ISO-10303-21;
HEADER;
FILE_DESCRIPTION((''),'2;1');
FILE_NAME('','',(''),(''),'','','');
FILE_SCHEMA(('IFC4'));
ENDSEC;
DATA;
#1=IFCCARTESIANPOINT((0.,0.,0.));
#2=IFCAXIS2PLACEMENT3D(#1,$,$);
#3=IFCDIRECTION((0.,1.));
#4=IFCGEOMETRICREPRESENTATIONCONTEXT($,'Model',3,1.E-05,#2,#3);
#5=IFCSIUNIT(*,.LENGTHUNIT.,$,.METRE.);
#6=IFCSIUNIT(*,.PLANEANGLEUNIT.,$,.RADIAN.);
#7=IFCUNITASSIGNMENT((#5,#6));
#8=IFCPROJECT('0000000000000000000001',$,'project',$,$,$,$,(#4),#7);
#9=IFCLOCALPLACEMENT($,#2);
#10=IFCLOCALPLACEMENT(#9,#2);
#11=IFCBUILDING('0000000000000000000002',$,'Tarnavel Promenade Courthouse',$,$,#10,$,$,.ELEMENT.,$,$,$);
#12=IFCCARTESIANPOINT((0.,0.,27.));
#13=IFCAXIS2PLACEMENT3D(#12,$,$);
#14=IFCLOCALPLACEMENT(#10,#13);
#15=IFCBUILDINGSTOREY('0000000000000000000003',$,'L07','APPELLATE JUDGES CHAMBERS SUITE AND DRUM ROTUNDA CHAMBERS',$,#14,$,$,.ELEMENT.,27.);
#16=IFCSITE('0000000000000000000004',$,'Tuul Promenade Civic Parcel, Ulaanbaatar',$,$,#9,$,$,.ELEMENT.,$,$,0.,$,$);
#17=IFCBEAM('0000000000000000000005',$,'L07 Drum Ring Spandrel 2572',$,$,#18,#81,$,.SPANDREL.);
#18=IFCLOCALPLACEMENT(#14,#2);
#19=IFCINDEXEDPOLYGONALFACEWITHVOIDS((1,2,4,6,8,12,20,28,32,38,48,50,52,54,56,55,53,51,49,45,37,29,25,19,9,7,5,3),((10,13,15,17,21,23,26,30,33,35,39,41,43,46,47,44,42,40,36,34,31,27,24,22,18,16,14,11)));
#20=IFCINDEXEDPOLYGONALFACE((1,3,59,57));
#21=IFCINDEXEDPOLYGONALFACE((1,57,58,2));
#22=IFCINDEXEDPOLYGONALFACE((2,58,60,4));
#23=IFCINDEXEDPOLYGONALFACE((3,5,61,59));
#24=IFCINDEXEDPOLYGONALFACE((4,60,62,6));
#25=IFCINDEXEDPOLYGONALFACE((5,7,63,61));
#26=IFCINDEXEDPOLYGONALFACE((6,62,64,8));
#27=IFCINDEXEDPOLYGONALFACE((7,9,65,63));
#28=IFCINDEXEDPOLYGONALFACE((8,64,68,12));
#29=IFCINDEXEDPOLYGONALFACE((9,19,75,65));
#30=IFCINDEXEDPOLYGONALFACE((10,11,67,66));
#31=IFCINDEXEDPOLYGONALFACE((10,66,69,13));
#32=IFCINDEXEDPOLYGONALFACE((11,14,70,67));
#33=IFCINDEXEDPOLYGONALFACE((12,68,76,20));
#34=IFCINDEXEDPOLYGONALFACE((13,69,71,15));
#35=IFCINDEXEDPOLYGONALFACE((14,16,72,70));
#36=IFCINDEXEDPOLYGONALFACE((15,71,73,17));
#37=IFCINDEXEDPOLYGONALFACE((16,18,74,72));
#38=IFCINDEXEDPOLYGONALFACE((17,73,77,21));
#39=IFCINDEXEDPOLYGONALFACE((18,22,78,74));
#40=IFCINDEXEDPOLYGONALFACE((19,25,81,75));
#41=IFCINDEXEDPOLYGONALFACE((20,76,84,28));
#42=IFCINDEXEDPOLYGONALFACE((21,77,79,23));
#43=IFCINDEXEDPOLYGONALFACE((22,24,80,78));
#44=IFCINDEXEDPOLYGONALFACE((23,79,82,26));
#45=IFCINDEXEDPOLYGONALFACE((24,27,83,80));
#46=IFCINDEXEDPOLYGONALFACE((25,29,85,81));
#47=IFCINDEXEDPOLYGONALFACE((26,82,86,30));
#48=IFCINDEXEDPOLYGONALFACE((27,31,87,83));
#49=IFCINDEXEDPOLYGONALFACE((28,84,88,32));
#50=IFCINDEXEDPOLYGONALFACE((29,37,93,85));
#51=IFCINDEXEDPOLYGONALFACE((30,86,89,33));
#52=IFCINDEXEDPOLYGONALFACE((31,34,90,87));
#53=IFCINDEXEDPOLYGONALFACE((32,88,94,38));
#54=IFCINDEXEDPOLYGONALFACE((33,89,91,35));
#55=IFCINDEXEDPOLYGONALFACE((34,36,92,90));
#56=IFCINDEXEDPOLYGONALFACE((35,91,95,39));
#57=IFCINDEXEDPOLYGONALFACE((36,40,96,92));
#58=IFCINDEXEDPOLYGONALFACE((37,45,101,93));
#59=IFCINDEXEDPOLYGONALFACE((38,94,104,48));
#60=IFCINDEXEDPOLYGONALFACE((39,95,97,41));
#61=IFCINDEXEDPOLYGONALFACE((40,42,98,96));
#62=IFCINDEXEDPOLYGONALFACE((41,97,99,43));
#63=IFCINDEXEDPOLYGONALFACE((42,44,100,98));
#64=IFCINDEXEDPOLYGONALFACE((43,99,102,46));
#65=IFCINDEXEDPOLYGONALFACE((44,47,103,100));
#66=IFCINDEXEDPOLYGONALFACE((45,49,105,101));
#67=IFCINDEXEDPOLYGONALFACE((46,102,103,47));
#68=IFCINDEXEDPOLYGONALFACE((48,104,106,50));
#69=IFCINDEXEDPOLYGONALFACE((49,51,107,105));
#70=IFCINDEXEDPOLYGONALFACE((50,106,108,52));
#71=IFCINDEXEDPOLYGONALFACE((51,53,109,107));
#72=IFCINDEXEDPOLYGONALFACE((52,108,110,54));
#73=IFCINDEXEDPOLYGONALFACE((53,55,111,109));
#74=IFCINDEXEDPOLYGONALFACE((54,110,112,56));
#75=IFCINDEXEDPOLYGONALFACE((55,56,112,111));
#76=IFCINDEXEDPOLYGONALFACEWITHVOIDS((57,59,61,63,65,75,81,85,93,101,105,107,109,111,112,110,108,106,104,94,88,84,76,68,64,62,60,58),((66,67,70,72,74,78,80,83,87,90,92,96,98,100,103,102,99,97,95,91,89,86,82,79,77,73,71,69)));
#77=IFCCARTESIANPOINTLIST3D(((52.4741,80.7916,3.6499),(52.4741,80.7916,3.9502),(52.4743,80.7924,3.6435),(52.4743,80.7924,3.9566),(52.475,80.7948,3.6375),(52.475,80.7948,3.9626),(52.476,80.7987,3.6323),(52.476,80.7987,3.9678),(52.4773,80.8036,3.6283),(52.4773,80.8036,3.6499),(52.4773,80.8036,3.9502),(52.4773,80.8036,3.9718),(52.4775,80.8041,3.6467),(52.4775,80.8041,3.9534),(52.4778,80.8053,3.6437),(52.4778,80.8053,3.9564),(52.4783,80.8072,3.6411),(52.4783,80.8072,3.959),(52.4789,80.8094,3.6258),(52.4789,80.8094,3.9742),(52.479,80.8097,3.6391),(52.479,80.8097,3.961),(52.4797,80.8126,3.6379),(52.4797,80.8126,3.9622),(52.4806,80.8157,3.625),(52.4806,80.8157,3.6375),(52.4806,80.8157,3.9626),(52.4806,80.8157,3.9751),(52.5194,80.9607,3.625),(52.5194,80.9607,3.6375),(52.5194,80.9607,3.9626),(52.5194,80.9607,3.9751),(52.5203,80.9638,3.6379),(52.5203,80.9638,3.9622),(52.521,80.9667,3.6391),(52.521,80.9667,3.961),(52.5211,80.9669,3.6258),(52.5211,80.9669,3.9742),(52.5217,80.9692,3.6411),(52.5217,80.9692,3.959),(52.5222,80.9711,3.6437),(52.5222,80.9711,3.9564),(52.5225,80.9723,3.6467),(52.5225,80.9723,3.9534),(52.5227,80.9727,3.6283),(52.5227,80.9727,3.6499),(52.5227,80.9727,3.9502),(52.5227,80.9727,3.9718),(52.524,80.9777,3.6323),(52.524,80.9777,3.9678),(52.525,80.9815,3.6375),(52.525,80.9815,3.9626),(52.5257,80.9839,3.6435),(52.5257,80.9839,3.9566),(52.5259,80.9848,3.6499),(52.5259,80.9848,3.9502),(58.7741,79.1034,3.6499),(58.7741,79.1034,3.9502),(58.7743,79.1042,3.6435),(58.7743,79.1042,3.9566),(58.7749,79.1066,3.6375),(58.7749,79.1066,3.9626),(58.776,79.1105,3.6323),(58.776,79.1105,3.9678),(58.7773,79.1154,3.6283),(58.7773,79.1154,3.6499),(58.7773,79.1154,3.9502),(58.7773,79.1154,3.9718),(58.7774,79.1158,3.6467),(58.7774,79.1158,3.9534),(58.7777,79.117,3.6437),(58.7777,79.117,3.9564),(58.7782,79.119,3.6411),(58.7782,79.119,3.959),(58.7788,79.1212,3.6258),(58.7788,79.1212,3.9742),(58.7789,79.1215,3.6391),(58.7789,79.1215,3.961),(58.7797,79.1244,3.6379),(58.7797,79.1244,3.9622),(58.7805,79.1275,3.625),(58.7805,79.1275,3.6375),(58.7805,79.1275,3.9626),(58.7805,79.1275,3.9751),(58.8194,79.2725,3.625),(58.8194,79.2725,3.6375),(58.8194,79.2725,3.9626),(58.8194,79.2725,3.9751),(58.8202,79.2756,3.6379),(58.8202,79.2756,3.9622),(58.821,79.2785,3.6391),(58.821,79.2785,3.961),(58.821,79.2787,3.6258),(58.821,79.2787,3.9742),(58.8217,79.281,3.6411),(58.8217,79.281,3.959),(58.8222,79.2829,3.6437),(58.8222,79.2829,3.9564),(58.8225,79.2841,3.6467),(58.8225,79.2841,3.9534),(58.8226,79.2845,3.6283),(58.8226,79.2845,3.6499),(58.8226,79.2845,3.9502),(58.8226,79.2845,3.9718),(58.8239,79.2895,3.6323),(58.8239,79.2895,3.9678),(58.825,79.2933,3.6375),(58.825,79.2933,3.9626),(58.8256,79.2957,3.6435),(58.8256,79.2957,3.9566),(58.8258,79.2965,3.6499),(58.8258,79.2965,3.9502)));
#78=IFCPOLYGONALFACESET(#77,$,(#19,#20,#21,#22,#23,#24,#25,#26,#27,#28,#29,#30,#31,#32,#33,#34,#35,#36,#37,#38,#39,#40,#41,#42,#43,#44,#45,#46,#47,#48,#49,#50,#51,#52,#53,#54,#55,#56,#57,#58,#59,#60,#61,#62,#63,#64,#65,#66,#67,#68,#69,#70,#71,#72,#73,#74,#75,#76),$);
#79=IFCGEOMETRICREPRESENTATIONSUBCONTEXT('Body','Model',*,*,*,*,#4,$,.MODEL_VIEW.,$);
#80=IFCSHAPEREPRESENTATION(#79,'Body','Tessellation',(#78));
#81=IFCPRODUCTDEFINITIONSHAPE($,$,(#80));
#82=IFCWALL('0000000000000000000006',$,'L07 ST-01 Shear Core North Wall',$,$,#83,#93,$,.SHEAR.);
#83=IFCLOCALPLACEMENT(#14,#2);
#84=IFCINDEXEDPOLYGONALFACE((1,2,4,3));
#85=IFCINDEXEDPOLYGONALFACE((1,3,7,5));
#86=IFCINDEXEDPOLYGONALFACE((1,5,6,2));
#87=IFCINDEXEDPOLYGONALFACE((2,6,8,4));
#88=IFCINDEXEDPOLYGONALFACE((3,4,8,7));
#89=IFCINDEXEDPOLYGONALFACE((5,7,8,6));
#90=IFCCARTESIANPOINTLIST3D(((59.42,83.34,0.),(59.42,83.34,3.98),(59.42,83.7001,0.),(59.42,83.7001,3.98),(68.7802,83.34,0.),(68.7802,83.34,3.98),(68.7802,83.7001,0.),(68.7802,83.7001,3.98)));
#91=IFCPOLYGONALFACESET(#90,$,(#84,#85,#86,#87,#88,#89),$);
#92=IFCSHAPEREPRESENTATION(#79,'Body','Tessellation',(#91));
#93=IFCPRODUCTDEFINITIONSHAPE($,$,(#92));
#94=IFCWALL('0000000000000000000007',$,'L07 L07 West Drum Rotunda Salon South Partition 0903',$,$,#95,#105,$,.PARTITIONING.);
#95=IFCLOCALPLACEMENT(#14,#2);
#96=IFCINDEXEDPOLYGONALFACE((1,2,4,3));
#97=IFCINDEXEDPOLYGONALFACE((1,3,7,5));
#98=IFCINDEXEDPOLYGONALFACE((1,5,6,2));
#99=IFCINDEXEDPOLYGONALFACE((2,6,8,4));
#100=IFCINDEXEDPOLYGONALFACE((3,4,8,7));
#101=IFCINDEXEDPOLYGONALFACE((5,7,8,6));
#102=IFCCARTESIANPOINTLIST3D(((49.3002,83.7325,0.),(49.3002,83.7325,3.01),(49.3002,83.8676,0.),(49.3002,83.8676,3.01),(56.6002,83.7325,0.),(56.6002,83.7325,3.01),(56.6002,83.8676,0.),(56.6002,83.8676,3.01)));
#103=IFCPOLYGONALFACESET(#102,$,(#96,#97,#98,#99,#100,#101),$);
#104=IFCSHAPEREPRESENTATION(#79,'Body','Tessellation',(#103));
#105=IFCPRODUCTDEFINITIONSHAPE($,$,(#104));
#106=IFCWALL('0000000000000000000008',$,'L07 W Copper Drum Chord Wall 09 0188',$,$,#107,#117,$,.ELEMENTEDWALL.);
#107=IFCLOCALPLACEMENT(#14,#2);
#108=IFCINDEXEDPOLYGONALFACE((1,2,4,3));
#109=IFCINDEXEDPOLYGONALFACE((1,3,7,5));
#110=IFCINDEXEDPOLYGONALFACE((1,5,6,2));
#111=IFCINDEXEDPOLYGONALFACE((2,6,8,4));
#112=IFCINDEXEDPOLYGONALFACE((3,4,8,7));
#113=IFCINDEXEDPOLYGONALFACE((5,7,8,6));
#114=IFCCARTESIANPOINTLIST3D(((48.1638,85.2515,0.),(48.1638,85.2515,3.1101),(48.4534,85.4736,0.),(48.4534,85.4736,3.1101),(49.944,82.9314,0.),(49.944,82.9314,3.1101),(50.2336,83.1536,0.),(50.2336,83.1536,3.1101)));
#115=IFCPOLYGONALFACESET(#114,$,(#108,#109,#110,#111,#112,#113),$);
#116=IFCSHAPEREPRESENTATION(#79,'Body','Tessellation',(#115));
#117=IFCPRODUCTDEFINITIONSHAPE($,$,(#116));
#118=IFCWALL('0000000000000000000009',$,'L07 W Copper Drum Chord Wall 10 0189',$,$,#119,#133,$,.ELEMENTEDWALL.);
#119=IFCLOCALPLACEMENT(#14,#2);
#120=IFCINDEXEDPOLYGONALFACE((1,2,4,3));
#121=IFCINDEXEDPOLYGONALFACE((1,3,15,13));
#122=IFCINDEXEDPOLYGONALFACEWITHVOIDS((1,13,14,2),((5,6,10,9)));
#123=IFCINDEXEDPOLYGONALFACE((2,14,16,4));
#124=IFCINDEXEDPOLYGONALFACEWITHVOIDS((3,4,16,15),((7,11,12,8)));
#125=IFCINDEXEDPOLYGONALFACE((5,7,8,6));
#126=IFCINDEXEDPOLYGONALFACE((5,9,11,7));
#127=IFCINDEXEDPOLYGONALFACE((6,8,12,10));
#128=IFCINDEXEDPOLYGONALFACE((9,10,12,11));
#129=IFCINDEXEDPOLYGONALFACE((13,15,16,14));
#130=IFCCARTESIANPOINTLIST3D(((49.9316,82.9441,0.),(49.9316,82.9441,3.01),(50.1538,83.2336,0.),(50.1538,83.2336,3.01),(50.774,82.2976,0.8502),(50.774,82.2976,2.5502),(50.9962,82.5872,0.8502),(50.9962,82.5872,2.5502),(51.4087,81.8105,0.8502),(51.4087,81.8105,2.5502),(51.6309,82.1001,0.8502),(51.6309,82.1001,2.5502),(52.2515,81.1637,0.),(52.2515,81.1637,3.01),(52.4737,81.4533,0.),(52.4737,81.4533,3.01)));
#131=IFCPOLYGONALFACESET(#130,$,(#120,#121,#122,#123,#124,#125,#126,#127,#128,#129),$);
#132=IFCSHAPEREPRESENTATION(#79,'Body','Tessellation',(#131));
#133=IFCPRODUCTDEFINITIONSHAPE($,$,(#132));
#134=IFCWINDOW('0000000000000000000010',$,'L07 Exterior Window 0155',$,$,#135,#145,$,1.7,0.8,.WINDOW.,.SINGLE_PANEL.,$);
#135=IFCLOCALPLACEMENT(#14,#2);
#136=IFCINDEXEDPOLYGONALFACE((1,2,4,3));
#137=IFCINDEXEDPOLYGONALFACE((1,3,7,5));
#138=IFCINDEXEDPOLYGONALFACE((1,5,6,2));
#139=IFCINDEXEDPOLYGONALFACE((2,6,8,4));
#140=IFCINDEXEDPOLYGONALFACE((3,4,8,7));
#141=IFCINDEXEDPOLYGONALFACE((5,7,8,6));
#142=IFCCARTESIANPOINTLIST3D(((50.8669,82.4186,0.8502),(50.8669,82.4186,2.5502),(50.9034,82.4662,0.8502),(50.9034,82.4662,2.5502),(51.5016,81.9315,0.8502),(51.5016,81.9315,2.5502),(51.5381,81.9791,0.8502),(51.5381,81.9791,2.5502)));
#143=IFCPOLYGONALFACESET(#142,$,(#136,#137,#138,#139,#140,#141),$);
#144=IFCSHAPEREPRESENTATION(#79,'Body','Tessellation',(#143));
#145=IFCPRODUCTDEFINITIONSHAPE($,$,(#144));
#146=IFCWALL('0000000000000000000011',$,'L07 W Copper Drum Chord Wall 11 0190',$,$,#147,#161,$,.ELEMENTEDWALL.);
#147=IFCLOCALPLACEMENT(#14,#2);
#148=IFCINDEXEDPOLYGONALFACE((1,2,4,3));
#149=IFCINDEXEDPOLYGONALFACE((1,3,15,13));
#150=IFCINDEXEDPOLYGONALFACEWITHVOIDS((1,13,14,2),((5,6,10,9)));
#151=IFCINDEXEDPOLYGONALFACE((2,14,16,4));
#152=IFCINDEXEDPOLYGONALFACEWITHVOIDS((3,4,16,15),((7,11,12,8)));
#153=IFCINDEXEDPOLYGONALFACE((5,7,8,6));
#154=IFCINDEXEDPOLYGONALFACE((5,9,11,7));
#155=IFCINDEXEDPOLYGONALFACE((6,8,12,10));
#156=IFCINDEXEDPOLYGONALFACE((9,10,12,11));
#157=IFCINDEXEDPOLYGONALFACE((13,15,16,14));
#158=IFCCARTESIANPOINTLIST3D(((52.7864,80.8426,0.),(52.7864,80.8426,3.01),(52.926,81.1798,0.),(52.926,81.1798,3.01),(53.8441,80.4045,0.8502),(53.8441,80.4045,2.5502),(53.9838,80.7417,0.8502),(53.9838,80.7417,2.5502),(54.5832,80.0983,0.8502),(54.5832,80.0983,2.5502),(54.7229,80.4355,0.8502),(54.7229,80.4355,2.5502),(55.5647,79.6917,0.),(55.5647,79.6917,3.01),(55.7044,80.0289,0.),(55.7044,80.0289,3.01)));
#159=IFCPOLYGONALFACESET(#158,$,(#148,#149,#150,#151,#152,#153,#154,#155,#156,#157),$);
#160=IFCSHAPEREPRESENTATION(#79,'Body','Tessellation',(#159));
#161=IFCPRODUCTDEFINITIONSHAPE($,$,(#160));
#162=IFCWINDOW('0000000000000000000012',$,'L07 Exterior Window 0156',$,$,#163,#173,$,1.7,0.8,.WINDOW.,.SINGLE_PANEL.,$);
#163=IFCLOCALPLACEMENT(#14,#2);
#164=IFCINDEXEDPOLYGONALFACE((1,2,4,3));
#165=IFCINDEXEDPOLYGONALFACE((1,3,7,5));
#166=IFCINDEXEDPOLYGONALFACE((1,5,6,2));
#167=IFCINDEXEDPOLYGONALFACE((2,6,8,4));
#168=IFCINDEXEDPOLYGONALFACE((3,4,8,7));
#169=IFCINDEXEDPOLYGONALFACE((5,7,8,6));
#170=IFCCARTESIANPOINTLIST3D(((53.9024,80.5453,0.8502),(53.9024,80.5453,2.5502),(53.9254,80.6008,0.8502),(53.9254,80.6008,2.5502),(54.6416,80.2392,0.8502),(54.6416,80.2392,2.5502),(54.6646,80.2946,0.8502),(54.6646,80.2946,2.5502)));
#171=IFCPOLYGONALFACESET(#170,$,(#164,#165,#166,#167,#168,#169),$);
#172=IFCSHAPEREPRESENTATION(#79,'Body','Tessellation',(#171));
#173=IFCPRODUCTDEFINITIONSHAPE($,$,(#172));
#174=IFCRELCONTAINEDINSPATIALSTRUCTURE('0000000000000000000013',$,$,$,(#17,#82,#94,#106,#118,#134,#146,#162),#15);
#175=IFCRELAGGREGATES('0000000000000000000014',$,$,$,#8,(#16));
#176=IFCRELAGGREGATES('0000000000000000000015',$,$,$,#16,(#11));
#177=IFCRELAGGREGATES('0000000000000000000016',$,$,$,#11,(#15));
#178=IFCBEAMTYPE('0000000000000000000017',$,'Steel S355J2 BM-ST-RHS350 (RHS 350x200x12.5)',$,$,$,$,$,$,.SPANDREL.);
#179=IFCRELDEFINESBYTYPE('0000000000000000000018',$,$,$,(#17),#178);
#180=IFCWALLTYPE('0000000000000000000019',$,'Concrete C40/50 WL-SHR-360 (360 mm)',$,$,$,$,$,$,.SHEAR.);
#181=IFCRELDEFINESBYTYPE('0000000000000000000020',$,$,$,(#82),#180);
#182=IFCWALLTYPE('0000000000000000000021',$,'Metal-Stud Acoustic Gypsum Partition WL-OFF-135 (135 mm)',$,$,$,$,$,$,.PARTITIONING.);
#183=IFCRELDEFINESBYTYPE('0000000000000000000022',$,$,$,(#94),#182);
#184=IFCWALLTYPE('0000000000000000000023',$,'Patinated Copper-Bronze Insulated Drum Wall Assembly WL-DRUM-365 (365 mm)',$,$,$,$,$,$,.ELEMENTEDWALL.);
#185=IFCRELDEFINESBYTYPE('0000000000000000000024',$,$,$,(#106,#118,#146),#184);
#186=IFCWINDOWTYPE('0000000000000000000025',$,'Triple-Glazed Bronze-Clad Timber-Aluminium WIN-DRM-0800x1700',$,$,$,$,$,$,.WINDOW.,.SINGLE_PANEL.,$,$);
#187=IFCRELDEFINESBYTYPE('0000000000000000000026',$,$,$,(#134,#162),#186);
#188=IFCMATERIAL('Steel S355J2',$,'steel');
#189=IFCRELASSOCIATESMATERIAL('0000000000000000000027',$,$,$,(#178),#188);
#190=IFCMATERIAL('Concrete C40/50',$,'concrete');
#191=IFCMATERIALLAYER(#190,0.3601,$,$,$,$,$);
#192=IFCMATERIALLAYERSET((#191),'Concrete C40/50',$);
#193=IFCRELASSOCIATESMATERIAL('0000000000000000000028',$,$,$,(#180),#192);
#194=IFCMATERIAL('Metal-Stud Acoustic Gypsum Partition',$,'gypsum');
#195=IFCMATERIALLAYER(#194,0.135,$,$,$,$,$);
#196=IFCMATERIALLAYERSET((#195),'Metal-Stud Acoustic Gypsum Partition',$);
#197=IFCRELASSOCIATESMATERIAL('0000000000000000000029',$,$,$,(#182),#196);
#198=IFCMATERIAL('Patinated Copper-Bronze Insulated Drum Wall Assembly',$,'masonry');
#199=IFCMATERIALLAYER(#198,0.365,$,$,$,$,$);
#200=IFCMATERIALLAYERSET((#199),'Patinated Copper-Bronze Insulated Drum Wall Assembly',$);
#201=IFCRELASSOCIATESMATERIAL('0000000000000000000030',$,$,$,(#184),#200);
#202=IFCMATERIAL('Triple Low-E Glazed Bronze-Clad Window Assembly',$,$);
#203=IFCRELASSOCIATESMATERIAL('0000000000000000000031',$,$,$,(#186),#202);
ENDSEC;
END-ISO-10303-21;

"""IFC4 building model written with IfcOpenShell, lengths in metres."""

from ifc_helpers import new_model, si_unit, direction, frame, frame_2d, origin, origin_2d, place, context, subcontext, project, spatial, rectangle, hollow_rectangle, extrude, material, layer, layer_set, material_profile, profile_set, type_object, element, fill, save


model = new_model("IFC4")

# Units and contexts
model_context = context("Model", 3, precision=1e-05, world=origin(), true_north=direction((0.0, 1.0)))
body_context = subcontext(model_context, "Body", "Model", "MODEL_VIEW")
ifc_project = project(units=[si_unit("LENGTHUNIT", "METRE"), si_unit("PLANEANGLEUNIT", "RADIAN")], contexts=[model_context])

# Site, building, storey
site_placement = place(None, origin())
site = spatial("IfcSite", under=ifc_project, at=site_placement, Name="Tuul Promenade Civic Parcel, Ulaanbaatar", CompositionType="ELEMENT", RefElevation=0.0)
building_placement = place(site_placement, origin())
building = spatial("IfcBuilding", under=site, at=building_placement, Name="Tarnavel Promenade Courthouse", CompositionType="ELEMENT")
storey_placement = place(building_placement, frame((0.0, 0.0, 27.0)))
storey = spatial("IfcBuildingStorey", under=building, at=storey_placement, Name="L07", Description="APPELLATE JUDGES CHAMBERS SUITE AND DRUM ROTUNDA CHAMBERS", CompositionType="ELEMENT", Elevation=27.0)

# Shared definitions
ifc_material_1 = material(Name="Concrete C40/50", Category="concrete")

# Beam
ifc_material_2 = material(Name="Steel S355J2", Category="steel")
ifc_material_profile_1 = material_profile(ifc_material_2, hollow_rectangle(XDim=0.2, YDim=0.3501, WallThickness=0.0125, InnerFilletRadius=0.0125, OuterFilletRadius=0.0249, at=origin_2d()), Name="RHS 350x200x12.5")
ifc_profile_set_1 = profile_set([ifc_material_profile_1], Name="Steel S355J2")
beam_type_1 = type_object("IfcBeamType", Name="Steel S355J2 BM-ST-RHS350 (RHS 350x200x12.5)", PredefinedType="SPANDREL", material=ifc_profile_set_1)
beam_1_placement = place(storey_placement, frame((52.5, 80.8882, 3.8), z_axis=(0.96592, -0.258839, 0.0), x_axis=(0.258839, 0.96592, 0.0)))
element("IfcBeam", 1, at=beam_1_placement, inside=storey, type_object=beam_type_1, Name="L07 Drum Ring Spandrel 2572", PredefinedType="SPANDREL", context=body_context, shape_type="SweptSolid", body=[
    extrude(hollow_rectangle(XDim=0.2, YDim=0.3501, WallThickness=0.0125, InnerFilletRadius=0.0125, OuterFilletRadius=0.0249, at=origin_2d()), origin(), (0.0, 0.0, 1.0), 6.5222),
])

# Walls
ifc_layer_1 = layer(ifc_material_1, 0.3601)
ifc_layer_set_1 = layer_set([ifc_layer_1], Name="Concrete C40/50")
wall_type_1 = type_object("IfcWallType", Name="Concrete C40/50 WL-SHR-360 (360 mm)", PredefinedType="SHEAR", material=ifc_layer_set_1)
wall_1_placement = place(storey_placement, frame((59.4199, 83.52, 0.0), z_axis=(0.0, 0.0, 1.0), x_axis=(1.0, 0.0, 0.0)))
element("IfcWall", 2, at=wall_1_placement, inside=storey, type_object=wall_type_1, Name="L07 ST-01 Shear Core North Wall", PredefinedType="SHEAR", context=body_context, shape_type="SweptSolid", body=[
    extrude(rectangle(XDim=9.3601, YDim=0.3601, at=frame_2d((4.6802, 0.0))), origin(), (0.0, 0.0, 1.0), 3.98),
])
ifc_material_3 = material(Name="Metal-Stud Acoustic Gypsum Partition", Category="gypsum")
ifc_layer_2 = layer(ifc_material_3, 0.135)
ifc_layer_set_2 = layer_set([ifc_layer_2], Name="Metal-Stud Acoustic Gypsum Partition")
wall_type_2 = type_object("IfcWallType", Name="Metal-Stud Acoustic Gypsum Partition WL-OFF-135 (135 mm)", PredefinedType="PARTITIONING", material=ifc_layer_set_2)
wall_2_placement = place(storey_placement, frame((56.6001, 83.8, 0.0), z_axis=(0.0, 0.0, 1.0), x_axis=(-1.0, 0.0, 0.0)))
element("IfcWall", 3, at=wall_2_placement, inside=storey, type_object=wall_type_2, Name="L07 L07 West Drum Rotunda Salon South Partition 0903", PredefinedType="PARTITIONING", context=body_context, shape_type="SweptSolid", body=[
    extrude(rectangle(XDim=7.3, YDim=0.135, at=frame_2d((3.6499, 0.0))), origin(), (0.0, 0.0, 1.0), 3.01),
])
ifc_material_4 = material(Name="Patinated Copper-Bronze Insulated Drum Wall Assembly", Category="masonry")
ifc_layer_3 = layer(ifc_material_4, 0.365)
ifc_layer_set_3 = layer_set([ifc_layer_3], Name="Patinated Copper-Bronze Insulated Drum Wall Assembly")
wall_type_3 = type_object("IfcWallType", Name="Patinated Copper-Bronze Insulated Drum Wall Assembly WL-DRUM-365 (365 mm)", PredefinedType="ELEMENTEDWALL", material=ifc_layer_set_3)
wall_3_placement = place(storey_placement, frame((48.3086, 85.3625, 0.0), z_axis=(0.0, 0.0, 1.0), x_axis=(0.608766, -0.79335, 0.0)))
element("IfcWall", 4, at=wall_3_placement, inside=storey, type_object=wall_type_3, Name="L07 W Copper Drum Chord Wall 09 0188", PredefinedType="ELEMENTEDWALL", context=body_context, shape_type="SweptSolid", body=[
    extrude(rectangle(XDim=2.9243, YDim=0.365, at=frame_2d((1.4622, 0.0))), origin(), (0.0, 0.0, 1.0), 3.1101),
])

# Walls, openings, windows
wall_4_placement = place(storey_placement, frame((50.0427, 83.0889, 0.0), z_axis=(0.0, 0.0, 1.0), x_axis=(0.793319, -0.608807, 0.0)))
wall_4 = element("IfcWall", 5, at=wall_4_placement, inside=storey, type_object=wall_type_3, Name="L07 W Copper Drum Chord Wall 10 0189", PredefinedType="ELEMENTEDWALL", context=body_context, shape_type="SweptSolid", body=[
    extrude(rectangle(XDim=2.9243, YDim=0.365, at=frame_2d((1.4622, 0.0))), origin(), (0.0, 0.0, 1.0), 3.01),
])
opening_1_placement = place(wall_4_placement, frame((1.062, 0.0, 0.8501)))
opening_1 = element("IfcOpeningElement", 6, at=opening_1_placement, cuts=wall_4, PredefinedType="OPENING", context=body_context, shape_type="SweptSolid", body=[
    extrude(rectangle(XDim=0.8, YDim=1.7, at=frame_2d((0.3999, 0.8501))), frame((0.0, 0.1924, 0.0), z_axis=(0.0, -1.0, 0.0), x_axis=(1.0, 0.0, 0.0)), (0.0, 0.0, 1.0), 0.385),
])
ifc_material_5 = material(Name="Triple Low-E Glazed Bronze-Clad Window Assembly")
window_type = type_object("IfcWindowType", Name="Triple-Glazed Bronze-Clad Timber-Aluminium WIN-DRM-0800x1700", PartitioningType="SINGLE_PANEL", PredefinedType="WINDOW", material=ifc_material_5)
window_1_placement = place(opening_1_placement, origin())
window_1 = element("IfcWindow", 7, at=window_1_placement, inside=storey, type_object=window_type, Name="L07 Exterior Window 0155", OverallHeight=1.7, OverallWidth=0.8, PartitioningType="SINGLE_PANEL", PredefinedType="WINDOW", context=body_context, shape_type="SweptSolid", body=[
    extrude(rectangle(XDim=0.8, YDim=1.7, at=frame_2d((0.3999, 0.8501))), frame((0.0, 0.03, 0.0), z_axis=(0.0, -1.0, 0.0), x_axis=(1.0, 0.0, 0.0)), (0.0, 0.0, 1.0), 0.0601),
])
fill(opening_1, window_1)
wall_5_placement = place(storey_placement, frame((52.8562, 81.0112, 0.0), z_axis=(0.0, 0.0, 1.0), x_axis=(0.923872, -0.382701, 0.0)))
wall_5 = element("IfcWall", 8, at=wall_5_placement, inside=storey, type_object=wall_type_3, Name="L07 W Copper Drum Chord Wall 11 0190", PredefinedType="ELEMENTEDWALL", context=body_context, shape_type="SweptSolid", body=[
    extrude(rectangle(XDim=3.0073, YDim=0.365, at=frame_2d((1.5037, 0.0))), origin(), (0.0, 0.0, 1.0), 3.01),
])
opening_2_placement = place(wall_5_placement, frame((1.145, 0.0, 0.8501)))
opening_2 = element("IfcOpeningElement", 9, at=opening_2_placement, cuts=wall_5, PredefinedType="OPENING", context=body_context, shape_type="SweptSolid", body=[
    extrude(rectangle(XDim=0.8, YDim=1.7, at=frame_2d((0.3999, 0.8501))), frame((0.0, 0.1924, 0.0), z_axis=(0.0, -1.0, 0.0), x_axis=(1.0, 0.0, 0.0)), (0.0, 0.0, 1.0), 0.385),
])
window_2_placement = place(opening_2_placement, origin())
window_2 = element("IfcWindow", 10, at=window_2_placement, inside=storey, type_object=window_type, Name="L07 Exterior Window 0156", OverallHeight=1.7, OverallWidth=0.8, PartitioningType="SINGLE_PANEL", PredefinedType="WINDOW", context=body_context, shape_type="SweptSolid", body=[
    extrude(rectangle(XDim=0.8, YDim=1.7, at=frame_2d((0.3999, 0.8501))), frame((0.0, 0.03, 0.0), z_axis=(0.0, -1.0, 0.0), x_axis=(1.0, 0.0, 0.0)), (0.0, 0.0, 1.0), 0.0601),
])
fill(opening_2, window_2)

save(model, "model.ifc")
